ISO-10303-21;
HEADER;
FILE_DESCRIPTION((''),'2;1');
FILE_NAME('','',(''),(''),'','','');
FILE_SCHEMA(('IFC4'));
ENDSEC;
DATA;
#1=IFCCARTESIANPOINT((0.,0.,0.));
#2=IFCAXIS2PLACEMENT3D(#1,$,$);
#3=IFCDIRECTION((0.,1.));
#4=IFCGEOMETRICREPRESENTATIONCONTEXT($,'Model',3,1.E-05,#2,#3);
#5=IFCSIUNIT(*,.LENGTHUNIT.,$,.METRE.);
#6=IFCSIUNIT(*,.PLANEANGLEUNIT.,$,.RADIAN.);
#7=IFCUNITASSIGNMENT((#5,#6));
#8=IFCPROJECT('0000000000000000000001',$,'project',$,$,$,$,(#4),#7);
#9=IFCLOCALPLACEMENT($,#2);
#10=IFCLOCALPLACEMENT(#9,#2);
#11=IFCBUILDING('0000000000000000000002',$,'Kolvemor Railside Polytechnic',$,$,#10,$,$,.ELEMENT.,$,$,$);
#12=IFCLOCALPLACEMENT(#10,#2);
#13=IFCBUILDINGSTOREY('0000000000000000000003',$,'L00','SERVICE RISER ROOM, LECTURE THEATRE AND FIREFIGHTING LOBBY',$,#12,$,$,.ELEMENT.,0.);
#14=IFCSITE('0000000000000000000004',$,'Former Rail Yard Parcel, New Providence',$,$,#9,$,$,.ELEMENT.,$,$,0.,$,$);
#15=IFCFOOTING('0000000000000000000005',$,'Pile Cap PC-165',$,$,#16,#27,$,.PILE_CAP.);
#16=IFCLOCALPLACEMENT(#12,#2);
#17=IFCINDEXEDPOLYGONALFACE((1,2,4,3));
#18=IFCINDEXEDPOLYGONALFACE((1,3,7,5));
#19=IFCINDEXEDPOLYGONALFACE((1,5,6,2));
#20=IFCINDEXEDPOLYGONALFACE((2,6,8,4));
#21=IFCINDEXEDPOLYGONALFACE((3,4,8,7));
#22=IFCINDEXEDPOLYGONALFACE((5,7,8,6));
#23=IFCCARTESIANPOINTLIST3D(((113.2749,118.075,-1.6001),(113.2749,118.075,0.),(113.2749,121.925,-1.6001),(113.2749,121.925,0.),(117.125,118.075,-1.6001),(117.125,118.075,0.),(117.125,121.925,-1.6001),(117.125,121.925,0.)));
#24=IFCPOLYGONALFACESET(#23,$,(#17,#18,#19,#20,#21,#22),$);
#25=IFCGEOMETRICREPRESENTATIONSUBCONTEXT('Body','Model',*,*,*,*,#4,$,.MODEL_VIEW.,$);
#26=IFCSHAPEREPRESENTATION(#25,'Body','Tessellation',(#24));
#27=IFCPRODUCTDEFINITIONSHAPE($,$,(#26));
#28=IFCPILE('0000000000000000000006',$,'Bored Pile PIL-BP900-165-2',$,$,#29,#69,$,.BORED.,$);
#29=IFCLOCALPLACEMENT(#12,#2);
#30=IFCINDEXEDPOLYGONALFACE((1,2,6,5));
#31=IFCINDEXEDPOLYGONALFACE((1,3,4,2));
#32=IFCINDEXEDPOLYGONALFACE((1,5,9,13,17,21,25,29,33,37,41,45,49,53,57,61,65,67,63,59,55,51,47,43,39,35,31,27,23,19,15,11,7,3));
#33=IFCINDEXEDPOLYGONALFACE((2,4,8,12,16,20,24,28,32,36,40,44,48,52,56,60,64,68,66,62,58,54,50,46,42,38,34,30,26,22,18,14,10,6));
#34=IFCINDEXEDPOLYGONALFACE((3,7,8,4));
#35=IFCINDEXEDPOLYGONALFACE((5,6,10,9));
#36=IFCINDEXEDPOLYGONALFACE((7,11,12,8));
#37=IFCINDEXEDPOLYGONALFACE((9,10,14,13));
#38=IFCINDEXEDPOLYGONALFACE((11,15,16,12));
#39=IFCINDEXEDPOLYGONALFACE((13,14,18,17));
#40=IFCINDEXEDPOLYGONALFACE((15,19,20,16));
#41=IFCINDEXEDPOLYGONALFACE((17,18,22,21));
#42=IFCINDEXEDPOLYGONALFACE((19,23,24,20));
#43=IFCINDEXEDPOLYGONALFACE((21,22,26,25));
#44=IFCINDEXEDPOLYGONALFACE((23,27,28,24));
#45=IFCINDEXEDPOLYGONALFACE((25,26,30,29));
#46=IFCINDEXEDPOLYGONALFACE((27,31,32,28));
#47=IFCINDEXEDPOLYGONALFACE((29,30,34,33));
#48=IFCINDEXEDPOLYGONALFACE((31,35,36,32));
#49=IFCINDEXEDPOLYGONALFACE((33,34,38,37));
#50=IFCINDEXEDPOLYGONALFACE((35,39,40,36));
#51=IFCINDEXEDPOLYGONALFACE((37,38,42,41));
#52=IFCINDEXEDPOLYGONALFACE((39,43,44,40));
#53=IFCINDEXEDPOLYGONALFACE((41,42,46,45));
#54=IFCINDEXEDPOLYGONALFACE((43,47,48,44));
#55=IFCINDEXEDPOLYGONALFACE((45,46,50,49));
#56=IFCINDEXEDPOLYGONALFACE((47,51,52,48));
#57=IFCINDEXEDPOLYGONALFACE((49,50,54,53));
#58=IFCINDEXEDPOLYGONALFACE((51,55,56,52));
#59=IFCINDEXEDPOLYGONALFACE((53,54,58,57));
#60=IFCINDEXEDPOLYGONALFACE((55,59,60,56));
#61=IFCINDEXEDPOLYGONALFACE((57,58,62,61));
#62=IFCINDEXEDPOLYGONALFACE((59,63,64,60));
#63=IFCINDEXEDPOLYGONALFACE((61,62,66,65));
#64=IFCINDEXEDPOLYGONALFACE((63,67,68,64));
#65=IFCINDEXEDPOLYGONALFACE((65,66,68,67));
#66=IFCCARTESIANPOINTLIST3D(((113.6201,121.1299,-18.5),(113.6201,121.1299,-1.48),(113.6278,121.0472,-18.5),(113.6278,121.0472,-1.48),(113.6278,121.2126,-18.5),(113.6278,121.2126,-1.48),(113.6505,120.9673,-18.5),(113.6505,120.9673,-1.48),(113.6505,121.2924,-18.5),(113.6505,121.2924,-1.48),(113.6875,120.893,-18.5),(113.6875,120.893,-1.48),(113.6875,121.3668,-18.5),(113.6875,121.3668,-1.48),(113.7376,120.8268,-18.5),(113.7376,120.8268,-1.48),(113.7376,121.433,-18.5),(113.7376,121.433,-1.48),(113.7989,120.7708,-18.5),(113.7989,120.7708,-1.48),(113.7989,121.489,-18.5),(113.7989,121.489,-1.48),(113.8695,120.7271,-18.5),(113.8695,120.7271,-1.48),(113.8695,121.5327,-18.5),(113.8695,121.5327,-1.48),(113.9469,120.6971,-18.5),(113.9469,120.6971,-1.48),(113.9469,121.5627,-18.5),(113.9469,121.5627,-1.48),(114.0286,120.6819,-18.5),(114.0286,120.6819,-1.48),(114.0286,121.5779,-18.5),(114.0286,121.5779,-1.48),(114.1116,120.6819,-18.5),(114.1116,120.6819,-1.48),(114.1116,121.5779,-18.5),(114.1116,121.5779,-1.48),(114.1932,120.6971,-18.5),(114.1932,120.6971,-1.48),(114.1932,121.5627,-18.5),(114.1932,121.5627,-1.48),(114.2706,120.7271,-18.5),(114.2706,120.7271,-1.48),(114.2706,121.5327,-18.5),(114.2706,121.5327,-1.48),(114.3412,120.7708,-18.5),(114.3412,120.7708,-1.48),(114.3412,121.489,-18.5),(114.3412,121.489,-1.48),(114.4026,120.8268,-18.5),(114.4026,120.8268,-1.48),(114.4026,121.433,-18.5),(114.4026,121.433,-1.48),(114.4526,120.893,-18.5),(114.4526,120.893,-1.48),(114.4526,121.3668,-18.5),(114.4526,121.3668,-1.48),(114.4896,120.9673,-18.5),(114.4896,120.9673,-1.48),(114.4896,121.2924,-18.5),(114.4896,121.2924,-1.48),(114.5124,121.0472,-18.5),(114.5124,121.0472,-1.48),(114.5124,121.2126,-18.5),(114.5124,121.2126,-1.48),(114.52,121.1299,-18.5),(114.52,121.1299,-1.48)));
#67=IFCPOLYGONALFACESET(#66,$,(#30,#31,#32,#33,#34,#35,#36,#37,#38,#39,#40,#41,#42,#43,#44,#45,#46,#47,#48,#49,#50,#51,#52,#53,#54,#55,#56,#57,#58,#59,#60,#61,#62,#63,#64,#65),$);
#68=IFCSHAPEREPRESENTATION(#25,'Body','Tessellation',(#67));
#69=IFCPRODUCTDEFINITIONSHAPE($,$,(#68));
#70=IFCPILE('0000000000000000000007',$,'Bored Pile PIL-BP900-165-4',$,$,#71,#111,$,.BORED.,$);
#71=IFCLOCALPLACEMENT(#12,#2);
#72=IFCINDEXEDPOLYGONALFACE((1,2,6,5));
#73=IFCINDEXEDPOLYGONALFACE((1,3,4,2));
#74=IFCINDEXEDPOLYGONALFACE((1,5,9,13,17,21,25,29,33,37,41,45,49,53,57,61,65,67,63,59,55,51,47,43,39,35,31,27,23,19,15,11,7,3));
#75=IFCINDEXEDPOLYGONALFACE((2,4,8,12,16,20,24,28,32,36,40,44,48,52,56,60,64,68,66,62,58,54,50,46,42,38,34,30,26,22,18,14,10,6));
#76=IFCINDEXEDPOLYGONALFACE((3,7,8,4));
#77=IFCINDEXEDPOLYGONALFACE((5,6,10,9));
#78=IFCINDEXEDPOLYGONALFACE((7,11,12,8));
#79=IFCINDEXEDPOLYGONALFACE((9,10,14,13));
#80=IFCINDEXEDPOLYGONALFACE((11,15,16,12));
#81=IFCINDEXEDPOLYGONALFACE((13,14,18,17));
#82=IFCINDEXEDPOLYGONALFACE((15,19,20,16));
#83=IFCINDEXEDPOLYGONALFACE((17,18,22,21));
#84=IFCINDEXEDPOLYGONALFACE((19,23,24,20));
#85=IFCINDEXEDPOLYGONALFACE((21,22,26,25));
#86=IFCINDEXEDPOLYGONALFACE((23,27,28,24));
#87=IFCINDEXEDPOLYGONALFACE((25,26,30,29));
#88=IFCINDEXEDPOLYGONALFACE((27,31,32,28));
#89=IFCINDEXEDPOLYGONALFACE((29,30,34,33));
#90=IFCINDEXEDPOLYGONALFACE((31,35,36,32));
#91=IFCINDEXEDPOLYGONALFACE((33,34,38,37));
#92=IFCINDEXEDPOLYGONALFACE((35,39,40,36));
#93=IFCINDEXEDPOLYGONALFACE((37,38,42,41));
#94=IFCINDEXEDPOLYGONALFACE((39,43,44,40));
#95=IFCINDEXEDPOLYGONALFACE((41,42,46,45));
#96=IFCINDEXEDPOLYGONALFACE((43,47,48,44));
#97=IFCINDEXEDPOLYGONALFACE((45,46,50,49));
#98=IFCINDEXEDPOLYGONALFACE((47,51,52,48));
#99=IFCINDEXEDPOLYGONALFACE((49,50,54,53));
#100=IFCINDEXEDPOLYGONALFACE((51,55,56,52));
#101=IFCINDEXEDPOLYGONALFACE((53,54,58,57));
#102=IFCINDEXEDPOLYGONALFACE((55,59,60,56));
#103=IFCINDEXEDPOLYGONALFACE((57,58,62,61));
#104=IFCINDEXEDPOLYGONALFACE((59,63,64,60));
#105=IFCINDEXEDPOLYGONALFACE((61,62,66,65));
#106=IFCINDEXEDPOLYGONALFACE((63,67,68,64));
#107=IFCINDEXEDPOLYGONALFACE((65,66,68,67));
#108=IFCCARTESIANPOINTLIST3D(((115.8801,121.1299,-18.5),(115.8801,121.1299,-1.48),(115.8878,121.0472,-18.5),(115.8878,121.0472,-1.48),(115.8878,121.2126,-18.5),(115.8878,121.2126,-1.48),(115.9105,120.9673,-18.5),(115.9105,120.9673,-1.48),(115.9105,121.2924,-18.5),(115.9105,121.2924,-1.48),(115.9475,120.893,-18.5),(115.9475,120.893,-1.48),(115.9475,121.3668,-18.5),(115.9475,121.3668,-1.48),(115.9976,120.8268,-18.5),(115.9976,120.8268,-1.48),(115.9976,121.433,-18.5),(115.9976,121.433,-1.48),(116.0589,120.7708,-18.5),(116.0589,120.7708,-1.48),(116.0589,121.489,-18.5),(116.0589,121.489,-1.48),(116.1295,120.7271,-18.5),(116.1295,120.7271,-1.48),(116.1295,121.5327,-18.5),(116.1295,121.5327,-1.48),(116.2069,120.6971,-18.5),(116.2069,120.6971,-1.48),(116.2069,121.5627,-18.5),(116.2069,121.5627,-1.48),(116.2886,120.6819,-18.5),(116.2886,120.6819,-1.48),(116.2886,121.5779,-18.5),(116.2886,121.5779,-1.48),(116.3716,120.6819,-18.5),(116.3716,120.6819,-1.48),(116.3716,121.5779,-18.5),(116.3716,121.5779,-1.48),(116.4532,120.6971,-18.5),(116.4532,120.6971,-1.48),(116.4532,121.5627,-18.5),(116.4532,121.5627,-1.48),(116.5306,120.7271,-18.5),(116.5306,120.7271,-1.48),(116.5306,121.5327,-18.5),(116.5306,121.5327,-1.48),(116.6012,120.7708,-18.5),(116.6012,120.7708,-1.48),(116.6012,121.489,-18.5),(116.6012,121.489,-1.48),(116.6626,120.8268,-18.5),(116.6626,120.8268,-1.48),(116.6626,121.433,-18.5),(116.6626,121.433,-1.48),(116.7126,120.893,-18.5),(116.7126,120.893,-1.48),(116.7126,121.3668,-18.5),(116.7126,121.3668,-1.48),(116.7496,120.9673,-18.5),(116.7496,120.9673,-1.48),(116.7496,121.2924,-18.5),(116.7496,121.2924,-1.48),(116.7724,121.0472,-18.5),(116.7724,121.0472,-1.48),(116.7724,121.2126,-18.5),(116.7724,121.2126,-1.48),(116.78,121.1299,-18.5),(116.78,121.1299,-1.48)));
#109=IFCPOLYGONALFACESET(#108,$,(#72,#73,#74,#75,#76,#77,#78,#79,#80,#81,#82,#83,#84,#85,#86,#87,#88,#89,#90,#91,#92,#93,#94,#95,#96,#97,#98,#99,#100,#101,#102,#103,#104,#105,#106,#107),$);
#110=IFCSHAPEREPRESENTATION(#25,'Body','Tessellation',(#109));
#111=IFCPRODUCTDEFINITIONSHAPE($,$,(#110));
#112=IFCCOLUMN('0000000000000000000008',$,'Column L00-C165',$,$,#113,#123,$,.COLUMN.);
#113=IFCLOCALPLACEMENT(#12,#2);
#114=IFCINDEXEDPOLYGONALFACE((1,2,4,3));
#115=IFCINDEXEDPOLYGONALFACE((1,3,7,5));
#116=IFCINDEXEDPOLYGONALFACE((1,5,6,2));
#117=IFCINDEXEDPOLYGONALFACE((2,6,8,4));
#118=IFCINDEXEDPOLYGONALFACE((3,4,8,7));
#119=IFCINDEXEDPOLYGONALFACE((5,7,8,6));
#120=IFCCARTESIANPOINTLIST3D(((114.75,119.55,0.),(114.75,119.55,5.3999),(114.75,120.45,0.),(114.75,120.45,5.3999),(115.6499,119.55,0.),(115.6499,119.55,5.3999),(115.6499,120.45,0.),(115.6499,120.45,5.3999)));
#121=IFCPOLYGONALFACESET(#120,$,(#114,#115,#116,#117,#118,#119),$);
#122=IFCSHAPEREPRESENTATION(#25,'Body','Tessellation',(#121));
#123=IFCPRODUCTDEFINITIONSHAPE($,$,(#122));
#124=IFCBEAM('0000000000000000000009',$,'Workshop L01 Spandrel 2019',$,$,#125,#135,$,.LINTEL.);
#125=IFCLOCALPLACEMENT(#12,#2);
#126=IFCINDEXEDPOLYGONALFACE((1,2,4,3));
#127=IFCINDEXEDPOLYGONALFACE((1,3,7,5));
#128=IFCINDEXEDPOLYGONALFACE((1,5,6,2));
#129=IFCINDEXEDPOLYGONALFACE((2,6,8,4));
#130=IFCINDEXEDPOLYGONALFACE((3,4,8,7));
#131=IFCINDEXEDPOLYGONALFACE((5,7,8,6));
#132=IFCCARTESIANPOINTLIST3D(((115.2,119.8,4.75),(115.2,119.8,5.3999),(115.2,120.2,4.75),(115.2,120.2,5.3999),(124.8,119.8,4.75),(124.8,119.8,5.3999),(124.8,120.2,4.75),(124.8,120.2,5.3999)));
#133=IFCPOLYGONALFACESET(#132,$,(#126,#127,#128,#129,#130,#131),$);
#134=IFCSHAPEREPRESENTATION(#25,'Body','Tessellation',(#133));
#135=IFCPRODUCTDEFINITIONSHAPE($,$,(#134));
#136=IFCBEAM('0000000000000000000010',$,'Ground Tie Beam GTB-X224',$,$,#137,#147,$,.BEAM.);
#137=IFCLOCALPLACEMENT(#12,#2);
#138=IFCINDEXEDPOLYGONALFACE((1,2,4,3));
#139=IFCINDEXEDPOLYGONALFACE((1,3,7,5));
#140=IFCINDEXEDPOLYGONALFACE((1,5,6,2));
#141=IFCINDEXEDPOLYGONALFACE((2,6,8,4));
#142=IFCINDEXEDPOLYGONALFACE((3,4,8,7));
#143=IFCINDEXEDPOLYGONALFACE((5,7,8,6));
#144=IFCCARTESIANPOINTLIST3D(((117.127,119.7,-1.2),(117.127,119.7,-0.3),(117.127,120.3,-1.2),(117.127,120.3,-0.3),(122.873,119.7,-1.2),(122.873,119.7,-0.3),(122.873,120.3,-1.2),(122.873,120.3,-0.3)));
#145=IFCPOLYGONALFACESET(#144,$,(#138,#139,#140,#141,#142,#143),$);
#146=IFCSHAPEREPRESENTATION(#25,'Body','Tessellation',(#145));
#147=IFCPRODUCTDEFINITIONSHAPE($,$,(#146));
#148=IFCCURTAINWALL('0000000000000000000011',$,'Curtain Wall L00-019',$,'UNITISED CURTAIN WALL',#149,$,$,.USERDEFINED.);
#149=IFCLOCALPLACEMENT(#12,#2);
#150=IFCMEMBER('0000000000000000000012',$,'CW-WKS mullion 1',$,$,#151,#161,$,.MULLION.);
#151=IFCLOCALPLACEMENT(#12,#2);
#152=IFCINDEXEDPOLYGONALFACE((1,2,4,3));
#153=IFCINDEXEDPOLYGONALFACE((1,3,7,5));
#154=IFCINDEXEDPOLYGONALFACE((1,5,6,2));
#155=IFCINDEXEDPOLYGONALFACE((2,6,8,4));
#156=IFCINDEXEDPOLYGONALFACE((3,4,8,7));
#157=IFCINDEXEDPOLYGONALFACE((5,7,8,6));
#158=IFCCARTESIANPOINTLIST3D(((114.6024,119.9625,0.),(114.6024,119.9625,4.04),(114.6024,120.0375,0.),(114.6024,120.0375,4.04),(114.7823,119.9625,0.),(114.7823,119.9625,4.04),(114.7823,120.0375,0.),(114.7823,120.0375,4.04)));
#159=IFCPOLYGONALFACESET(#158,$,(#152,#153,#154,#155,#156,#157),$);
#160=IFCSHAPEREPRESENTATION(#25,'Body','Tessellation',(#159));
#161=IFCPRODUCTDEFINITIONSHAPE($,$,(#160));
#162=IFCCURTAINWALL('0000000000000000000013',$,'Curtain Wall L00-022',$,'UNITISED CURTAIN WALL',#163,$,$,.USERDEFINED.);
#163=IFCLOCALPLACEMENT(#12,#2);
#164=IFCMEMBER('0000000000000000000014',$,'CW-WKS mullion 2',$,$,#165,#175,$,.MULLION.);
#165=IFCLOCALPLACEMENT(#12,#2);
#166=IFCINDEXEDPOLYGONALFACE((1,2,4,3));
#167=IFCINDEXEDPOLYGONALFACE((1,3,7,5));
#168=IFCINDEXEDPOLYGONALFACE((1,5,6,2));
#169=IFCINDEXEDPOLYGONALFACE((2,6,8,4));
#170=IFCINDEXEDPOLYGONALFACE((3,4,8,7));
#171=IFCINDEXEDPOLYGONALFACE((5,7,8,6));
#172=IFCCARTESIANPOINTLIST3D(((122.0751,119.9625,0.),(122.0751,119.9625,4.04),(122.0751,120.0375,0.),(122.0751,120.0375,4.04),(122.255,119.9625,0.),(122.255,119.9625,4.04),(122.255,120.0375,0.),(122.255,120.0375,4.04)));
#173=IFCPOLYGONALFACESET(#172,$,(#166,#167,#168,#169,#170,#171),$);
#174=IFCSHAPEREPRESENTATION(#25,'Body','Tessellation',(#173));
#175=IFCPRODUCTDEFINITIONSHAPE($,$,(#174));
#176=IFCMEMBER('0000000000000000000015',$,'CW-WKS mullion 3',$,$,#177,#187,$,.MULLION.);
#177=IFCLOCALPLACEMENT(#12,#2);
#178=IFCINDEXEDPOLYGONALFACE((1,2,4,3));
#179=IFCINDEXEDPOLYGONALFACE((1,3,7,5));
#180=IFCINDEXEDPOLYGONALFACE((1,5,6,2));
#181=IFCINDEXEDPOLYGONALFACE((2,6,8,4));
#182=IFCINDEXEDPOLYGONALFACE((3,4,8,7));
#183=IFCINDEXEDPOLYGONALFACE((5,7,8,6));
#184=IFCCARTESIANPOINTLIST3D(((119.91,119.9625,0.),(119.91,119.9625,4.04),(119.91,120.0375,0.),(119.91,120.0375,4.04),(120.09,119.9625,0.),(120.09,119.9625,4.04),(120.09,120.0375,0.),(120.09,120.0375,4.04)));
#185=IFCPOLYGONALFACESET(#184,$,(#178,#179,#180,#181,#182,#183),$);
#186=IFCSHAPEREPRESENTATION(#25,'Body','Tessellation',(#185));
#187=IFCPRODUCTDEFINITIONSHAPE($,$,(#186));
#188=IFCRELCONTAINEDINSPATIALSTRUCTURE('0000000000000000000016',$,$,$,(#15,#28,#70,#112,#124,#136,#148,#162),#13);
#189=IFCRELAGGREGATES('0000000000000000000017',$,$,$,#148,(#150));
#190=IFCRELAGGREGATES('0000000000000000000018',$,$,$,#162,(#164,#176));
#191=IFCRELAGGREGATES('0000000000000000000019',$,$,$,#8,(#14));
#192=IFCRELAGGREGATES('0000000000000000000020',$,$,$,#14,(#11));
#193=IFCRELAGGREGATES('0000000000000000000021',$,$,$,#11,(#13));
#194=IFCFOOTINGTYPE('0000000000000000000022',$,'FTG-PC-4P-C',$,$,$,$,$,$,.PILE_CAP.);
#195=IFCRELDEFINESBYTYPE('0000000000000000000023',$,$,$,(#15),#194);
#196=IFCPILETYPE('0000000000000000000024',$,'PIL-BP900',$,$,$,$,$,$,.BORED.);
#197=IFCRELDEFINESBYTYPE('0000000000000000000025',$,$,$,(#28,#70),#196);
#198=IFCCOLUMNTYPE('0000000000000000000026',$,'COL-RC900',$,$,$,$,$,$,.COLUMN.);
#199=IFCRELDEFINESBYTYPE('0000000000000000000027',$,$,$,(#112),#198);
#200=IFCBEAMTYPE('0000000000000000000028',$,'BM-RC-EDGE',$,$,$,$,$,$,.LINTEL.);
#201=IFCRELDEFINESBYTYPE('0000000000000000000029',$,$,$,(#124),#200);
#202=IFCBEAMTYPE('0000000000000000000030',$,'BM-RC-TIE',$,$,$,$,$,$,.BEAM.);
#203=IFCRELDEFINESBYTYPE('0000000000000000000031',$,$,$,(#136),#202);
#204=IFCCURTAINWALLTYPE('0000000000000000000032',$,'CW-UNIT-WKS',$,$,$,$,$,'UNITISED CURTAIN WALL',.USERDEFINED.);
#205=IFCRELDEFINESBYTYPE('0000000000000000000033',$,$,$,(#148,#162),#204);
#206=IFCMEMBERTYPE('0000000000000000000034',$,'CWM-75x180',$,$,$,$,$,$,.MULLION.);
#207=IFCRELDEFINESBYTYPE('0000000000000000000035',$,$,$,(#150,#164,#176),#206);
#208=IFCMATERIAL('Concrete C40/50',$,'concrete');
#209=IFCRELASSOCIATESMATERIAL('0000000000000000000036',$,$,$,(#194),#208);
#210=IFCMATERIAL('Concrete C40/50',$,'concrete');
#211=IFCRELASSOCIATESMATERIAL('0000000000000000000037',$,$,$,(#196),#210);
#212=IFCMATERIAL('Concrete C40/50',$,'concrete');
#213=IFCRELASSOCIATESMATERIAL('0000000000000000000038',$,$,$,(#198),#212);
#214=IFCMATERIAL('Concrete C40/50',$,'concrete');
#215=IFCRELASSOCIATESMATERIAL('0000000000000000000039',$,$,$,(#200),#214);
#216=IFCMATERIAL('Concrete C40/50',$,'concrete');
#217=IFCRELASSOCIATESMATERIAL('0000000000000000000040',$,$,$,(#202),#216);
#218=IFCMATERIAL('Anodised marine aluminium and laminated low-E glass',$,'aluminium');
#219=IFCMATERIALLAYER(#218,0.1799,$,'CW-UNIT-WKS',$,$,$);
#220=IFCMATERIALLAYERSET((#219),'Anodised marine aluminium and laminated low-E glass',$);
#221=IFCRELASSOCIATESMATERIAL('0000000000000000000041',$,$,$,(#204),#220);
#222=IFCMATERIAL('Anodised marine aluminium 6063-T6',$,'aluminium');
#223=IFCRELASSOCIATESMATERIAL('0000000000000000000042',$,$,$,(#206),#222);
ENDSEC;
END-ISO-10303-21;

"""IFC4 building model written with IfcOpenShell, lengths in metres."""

from ifc_helpers import new_model, si_unit, direction, frame, origin, origin_2d, place, context, subcontext, project, spatial, rectangle, circle, extrude, material, layer, layer_set, material_profile, profile_set, type_object, element, aggregate, save


model = new_model("IFC4")

# Units and contexts
model_context = context("Model", 3, precision=1e-05, world=origin(), true_north=direction((0.0, 1.0)))
body_context = subcontext(model_context, "Body", "Model", "MODEL_VIEW")
ifc_project = project(units=[si_unit("LENGTHUNIT", "METRE"), si_unit("PLANEANGLEUNIT", "RADIAN")], contexts=[model_context])

# Site, building, storey
site_placement = place(None, origin())
site = spatial("IfcSite", under=ifc_project, at=site_placement, Name="Former Rail Yard Parcel, New Providence", CompositionType="ELEMENT", RefElevation=0.0)
building_placement = place(site_placement, origin())
building = spatial("IfcBuilding", under=site, at=building_placement, Name="Kolvemor Railside Polytechnic", CompositionType="ELEMENT")
storey_placement = place(building_placement, origin())
storey = spatial("IfcBuildingStorey", under=building, at=storey_placement, Name="L00", Description="SERVICE RISER ROOM, LECTURE THEATRE AND FIREFIGHTING LOBBY", CompositionType="ELEMENT", Elevation=0.0)

# Footing
ifc_material_1 = material(Name="Concrete C40/50", Category="concrete")
footing_type = type_object("IfcFootingType", Name="FTG-PC-4P-C", PredefinedType="PILE_CAP", material=ifc_material_1)
footing_placement = place(storey_placement, frame((115.2, 120.0, -1.6001), z_axis=(0.0, 0.0, 1.0), x_axis=(1.0, 0.0, 0.0)))
element("IfcFooting", 1, at=footing_placement, inside=storey, type_object=footing_type, Name="Pile Cap PC-165", PredefinedType="PILE_CAP", context=body_context, shape_type="SweptSolid", body=[
    extrude(rectangle(XDim=3.8501, YDim=3.8501, at=origin_2d()), origin(), (0.0, 0.0, 1.0), 1.6001),
])

# Piles
ifc_material_2 = material(Name="Concrete C40/50", Category="concrete")
ifc_material_profile_1 = material_profile(ifc_material_2, circle(Radius=0.45, at=origin_2d()), Name="BP900")
ifc_profile_set_1 = profile_set([ifc_material_profile_1], Name="Concrete C40/50")
pile_type = type_object("IfcPileType", Name="PIL-BP900", PredefinedType="BORED", material=ifc_profile_set_1)
for number, where, z_axis, x_axis, name in (
    (2, (114.0701, 121.1299, -1.48), (0.0, 0.0, -1.0), (1.0, 0.0, 0.0), "Bored Pile PIL-BP900-165-2"),
    (3, (116.3301, 121.1299, -1.48), (0.0, 0.0, -1.0), (1.0, 0.0, 0.0), "Bored Pile PIL-BP900-165-4"),
):
    element("IfcPile", number, at=place(storey_placement, frame(where, z_axis=z_axis, x_axis=x_axis)), inside=storey, type_object=pile_type, Name=name, PredefinedType="BORED", context=body_context, shape_type="SweptSolid", body=[
        extrude(circle(Radius=0.45, at=origin_2d()), origin(), (0.0, 0.0, 1.0), 17.02),
    ])

# Column
ifc_material_3 = material(Name="Concrete C40/50", Category="concrete")
ifc_material_profile_2 = material_profile(ifc_material_3, rectangle(XDim=0.8999, YDim=0.8999, at=origin_2d()), Name="RC900x900")
ifc_profile_set_2 = profile_set([ifc_material_profile_2], Name="Concrete C40/50")
column_type = type_object("IfcColumnType", Name="COL-RC900", PredefinedType="COLUMN", material=ifc_profile_set_2)
column_placement = place(storey_placement, frame((115.2, 120.0, 0.0), z_axis=(0.0, 0.0, 1.0), x_axis=(1.0, 0.0, 0.0)))
element("IfcColumn", 4, at=column_placement, inside=storey, type_object=column_type, Name="Column L00-C165", PredefinedType="COLUMN", context=body_context, shape_type="SweptSolid", body=[
    extrude(rectangle(XDim=0.8999, YDim=0.8999, at=origin_2d()), origin(), (0.0, 0.0, 1.0), 5.3999),
])

# Beams
ifc_material_4 = material(Name="Concrete C40/50", Category="concrete")
ifc_material_profile_3 = material_profile(ifc_material_4, rectangle(XDim=0.3999, YDim=0.6499, at=origin_2d()), Name="RC400x650")
ifc_profile_set_3 = profile_set([ifc_material_profile_3], Name="Concrete C40/50")
beam_type_1 = type_object("IfcBeamType", Name="BM-RC-EDGE", PredefinedType="LINTEL", material=ifc_profile_set_3)
beam_1_placement = place(storey_placement, frame((115.2, 120.0, 5.075), z_axis=(1.0, 0.0, 0.0), x_axis=(0.0, 1.0, 0.0)))
element("IfcBeam", 5, at=beam_1_placement, inside=storey, type_object=beam_type_1, Name="Workshop L01 Spandrel 2019", PredefinedType="LINTEL", context=body_context, shape_type="SweptSolid", body=[
    extrude(rectangle(XDim=0.3999, YDim=0.6499, at=origin_2d()), origin(), (0.0, 0.0, 1.0), 9.6001),
])
ifc_material_5 = material(Name="Concrete C40/50", Category="concrete")
ifc_material_profile_4 = material_profile(ifc_material_5, rectangle(XDim=0.6001, YDim=0.8999, at=origin_2d()), Name="RC600x900")
ifc_profile_set_4 = profile_set([ifc_material_profile_4], Name="Concrete C40/50")
beam_type_2 = type_object("IfcBeamType", Name="BM-RC-TIE", PredefinedType="BEAM", material=ifc_profile_set_4)
beam_2_placement = place(storey_placement, frame((117.127, 120.0, -0.75), z_axis=(1.0, 0.0, 0.0), x_axis=(0.0, 1.0, 0.0)))
element("IfcBeam", 6, at=beam_2_placement, inside=storey, type_object=beam_type_2, Name="Ground Tie Beam GTB-X224", PredefinedType="BEAM", context=body_context, shape_type="SweptSolid", body=[
    extrude(rectangle(XDim=0.6001, YDim=0.8999, at=origin_2d()), origin(), (0.0, 0.0, 1.0), 5.7461),
])

# Curtain wall, member
ifc_material_6 = material(Name="Anodised marine aluminium and laminated low-E glass", Category="aluminium")
ifc_layer_1 = layer(ifc_material_6, 0.1799, Name="CW-UNIT-WKS")
ifc_layer_set_1 = layer_set([ifc_layer_1], Name="Anodised marine aluminium and laminated low-E glass")
curtain_wall_type = type_object("IfcCurtainWallType", Name="CW-UNIT-WKS", ElementType="UNITISED CURTAIN WALL", PredefinedType="USERDEFINED", material=ifc_layer_set_1)
curtain_wall_1_placement = place(storey_placement, origin())
curtain_wall_1 = element("IfcCurtainWall", 7, at=curtain_wall_1_placement, inside=storey, type_object=curtain_wall_type, Name="Curtain Wall L00-019", ObjectType="UNITISED CURTAIN WALL", PredefinedType="USERDEFINED")
ifc_material_7 = material(Name="Anodised marine aluminium 6063-T6", Category="aluminium")
ifc_material_profile_5 = material_profile(ifc_material_7, rectangle(XDim=0.075, YDim=0.1799, at=origin_2d()), Name="CW-MUL-75x180")
ifc_profile_set_5 = profile_set([ifc_material_profile_5], Name="Anodised marine aluminium 6063-T6")
member_type_1 = type_object("IfcMemberType", Name="CWM-75x180", PredefinedType="MULLION", material=ifc_profile_set_5)
member_1_placement = place(storey_placement, frame((114.6924, 120.0, 0.0), z_axis=(0.0, 0.0, 1.0), x_axis=(0.0, -1.0, 0.0)))
member_1 = element("IfcMember", 8, at=member_1_placement, type_object=member_type_1, Name="CW-WKS mullion 1", PredefinedType="MULLION", context=body_context, shape_type="SweptSolid", body=[
    extrude(rectangle(XDim=0.075, YDim=0.1799, at=origin_2d()), origin(), (0.0, 0.0, 1.0), 4.04),
])

# Curtain wall, members
curtain_wall_2_placement = place(storey_placement, origin())
curtain_wall_2 = element("IfcCurtainWall", 9, at=curtain_wall_2_placement, inside=storey, type_object=curtain_wall_type, Name="Curtain Wall L00-022", ObjectType="UNITISED CURTAIN WALL", PredefinedType="USERDEFINED")
member_2_placement = place(storey_placement, frame((122.165, 120.0, 0.0), z_axis=(0.0, 0.0, 1.0), x_axis=(0.0, -1.0, 0.0)))
member_2 = element("IfcMember", 10, at=member_2_placement, type_object=member_type_1, Name="CW-WKS mullion 2", PredefinedType="MULLION", context=body_context, shape_type="SweptSolid", body=[
    extrude(rectangle(XDim=0.075, YDim=0.1799, at=origin_2d()), origin(), (0.0, 0.0, 1.0), 4.04),
])
member_3_placement = place(storey_placement, frame((120.0, 120.0, 0.0), z_axis=(0.0, 0.0, 1.0), x_axis=(0.0, -1.0, 0.0)))
member_3 = element("IfcMember", 11, at=member_3_placement, type_object=member_type_1, Name="CW-WKS mullion 3", PredefinedType="MULLION", context=body_context, shape_type="SweptSolid", body=[
    extrude(rectangle(XDim=0.075, YDim=0.1799, at=origin_2d()), origin(), (0.0, 0.0, 1.0), 4.04),
])

aggregate(curtain_wall_1, [member_1])

aggregate(curtain_wall_2, [member_2, member_3])

save(model, "model.ifc")
